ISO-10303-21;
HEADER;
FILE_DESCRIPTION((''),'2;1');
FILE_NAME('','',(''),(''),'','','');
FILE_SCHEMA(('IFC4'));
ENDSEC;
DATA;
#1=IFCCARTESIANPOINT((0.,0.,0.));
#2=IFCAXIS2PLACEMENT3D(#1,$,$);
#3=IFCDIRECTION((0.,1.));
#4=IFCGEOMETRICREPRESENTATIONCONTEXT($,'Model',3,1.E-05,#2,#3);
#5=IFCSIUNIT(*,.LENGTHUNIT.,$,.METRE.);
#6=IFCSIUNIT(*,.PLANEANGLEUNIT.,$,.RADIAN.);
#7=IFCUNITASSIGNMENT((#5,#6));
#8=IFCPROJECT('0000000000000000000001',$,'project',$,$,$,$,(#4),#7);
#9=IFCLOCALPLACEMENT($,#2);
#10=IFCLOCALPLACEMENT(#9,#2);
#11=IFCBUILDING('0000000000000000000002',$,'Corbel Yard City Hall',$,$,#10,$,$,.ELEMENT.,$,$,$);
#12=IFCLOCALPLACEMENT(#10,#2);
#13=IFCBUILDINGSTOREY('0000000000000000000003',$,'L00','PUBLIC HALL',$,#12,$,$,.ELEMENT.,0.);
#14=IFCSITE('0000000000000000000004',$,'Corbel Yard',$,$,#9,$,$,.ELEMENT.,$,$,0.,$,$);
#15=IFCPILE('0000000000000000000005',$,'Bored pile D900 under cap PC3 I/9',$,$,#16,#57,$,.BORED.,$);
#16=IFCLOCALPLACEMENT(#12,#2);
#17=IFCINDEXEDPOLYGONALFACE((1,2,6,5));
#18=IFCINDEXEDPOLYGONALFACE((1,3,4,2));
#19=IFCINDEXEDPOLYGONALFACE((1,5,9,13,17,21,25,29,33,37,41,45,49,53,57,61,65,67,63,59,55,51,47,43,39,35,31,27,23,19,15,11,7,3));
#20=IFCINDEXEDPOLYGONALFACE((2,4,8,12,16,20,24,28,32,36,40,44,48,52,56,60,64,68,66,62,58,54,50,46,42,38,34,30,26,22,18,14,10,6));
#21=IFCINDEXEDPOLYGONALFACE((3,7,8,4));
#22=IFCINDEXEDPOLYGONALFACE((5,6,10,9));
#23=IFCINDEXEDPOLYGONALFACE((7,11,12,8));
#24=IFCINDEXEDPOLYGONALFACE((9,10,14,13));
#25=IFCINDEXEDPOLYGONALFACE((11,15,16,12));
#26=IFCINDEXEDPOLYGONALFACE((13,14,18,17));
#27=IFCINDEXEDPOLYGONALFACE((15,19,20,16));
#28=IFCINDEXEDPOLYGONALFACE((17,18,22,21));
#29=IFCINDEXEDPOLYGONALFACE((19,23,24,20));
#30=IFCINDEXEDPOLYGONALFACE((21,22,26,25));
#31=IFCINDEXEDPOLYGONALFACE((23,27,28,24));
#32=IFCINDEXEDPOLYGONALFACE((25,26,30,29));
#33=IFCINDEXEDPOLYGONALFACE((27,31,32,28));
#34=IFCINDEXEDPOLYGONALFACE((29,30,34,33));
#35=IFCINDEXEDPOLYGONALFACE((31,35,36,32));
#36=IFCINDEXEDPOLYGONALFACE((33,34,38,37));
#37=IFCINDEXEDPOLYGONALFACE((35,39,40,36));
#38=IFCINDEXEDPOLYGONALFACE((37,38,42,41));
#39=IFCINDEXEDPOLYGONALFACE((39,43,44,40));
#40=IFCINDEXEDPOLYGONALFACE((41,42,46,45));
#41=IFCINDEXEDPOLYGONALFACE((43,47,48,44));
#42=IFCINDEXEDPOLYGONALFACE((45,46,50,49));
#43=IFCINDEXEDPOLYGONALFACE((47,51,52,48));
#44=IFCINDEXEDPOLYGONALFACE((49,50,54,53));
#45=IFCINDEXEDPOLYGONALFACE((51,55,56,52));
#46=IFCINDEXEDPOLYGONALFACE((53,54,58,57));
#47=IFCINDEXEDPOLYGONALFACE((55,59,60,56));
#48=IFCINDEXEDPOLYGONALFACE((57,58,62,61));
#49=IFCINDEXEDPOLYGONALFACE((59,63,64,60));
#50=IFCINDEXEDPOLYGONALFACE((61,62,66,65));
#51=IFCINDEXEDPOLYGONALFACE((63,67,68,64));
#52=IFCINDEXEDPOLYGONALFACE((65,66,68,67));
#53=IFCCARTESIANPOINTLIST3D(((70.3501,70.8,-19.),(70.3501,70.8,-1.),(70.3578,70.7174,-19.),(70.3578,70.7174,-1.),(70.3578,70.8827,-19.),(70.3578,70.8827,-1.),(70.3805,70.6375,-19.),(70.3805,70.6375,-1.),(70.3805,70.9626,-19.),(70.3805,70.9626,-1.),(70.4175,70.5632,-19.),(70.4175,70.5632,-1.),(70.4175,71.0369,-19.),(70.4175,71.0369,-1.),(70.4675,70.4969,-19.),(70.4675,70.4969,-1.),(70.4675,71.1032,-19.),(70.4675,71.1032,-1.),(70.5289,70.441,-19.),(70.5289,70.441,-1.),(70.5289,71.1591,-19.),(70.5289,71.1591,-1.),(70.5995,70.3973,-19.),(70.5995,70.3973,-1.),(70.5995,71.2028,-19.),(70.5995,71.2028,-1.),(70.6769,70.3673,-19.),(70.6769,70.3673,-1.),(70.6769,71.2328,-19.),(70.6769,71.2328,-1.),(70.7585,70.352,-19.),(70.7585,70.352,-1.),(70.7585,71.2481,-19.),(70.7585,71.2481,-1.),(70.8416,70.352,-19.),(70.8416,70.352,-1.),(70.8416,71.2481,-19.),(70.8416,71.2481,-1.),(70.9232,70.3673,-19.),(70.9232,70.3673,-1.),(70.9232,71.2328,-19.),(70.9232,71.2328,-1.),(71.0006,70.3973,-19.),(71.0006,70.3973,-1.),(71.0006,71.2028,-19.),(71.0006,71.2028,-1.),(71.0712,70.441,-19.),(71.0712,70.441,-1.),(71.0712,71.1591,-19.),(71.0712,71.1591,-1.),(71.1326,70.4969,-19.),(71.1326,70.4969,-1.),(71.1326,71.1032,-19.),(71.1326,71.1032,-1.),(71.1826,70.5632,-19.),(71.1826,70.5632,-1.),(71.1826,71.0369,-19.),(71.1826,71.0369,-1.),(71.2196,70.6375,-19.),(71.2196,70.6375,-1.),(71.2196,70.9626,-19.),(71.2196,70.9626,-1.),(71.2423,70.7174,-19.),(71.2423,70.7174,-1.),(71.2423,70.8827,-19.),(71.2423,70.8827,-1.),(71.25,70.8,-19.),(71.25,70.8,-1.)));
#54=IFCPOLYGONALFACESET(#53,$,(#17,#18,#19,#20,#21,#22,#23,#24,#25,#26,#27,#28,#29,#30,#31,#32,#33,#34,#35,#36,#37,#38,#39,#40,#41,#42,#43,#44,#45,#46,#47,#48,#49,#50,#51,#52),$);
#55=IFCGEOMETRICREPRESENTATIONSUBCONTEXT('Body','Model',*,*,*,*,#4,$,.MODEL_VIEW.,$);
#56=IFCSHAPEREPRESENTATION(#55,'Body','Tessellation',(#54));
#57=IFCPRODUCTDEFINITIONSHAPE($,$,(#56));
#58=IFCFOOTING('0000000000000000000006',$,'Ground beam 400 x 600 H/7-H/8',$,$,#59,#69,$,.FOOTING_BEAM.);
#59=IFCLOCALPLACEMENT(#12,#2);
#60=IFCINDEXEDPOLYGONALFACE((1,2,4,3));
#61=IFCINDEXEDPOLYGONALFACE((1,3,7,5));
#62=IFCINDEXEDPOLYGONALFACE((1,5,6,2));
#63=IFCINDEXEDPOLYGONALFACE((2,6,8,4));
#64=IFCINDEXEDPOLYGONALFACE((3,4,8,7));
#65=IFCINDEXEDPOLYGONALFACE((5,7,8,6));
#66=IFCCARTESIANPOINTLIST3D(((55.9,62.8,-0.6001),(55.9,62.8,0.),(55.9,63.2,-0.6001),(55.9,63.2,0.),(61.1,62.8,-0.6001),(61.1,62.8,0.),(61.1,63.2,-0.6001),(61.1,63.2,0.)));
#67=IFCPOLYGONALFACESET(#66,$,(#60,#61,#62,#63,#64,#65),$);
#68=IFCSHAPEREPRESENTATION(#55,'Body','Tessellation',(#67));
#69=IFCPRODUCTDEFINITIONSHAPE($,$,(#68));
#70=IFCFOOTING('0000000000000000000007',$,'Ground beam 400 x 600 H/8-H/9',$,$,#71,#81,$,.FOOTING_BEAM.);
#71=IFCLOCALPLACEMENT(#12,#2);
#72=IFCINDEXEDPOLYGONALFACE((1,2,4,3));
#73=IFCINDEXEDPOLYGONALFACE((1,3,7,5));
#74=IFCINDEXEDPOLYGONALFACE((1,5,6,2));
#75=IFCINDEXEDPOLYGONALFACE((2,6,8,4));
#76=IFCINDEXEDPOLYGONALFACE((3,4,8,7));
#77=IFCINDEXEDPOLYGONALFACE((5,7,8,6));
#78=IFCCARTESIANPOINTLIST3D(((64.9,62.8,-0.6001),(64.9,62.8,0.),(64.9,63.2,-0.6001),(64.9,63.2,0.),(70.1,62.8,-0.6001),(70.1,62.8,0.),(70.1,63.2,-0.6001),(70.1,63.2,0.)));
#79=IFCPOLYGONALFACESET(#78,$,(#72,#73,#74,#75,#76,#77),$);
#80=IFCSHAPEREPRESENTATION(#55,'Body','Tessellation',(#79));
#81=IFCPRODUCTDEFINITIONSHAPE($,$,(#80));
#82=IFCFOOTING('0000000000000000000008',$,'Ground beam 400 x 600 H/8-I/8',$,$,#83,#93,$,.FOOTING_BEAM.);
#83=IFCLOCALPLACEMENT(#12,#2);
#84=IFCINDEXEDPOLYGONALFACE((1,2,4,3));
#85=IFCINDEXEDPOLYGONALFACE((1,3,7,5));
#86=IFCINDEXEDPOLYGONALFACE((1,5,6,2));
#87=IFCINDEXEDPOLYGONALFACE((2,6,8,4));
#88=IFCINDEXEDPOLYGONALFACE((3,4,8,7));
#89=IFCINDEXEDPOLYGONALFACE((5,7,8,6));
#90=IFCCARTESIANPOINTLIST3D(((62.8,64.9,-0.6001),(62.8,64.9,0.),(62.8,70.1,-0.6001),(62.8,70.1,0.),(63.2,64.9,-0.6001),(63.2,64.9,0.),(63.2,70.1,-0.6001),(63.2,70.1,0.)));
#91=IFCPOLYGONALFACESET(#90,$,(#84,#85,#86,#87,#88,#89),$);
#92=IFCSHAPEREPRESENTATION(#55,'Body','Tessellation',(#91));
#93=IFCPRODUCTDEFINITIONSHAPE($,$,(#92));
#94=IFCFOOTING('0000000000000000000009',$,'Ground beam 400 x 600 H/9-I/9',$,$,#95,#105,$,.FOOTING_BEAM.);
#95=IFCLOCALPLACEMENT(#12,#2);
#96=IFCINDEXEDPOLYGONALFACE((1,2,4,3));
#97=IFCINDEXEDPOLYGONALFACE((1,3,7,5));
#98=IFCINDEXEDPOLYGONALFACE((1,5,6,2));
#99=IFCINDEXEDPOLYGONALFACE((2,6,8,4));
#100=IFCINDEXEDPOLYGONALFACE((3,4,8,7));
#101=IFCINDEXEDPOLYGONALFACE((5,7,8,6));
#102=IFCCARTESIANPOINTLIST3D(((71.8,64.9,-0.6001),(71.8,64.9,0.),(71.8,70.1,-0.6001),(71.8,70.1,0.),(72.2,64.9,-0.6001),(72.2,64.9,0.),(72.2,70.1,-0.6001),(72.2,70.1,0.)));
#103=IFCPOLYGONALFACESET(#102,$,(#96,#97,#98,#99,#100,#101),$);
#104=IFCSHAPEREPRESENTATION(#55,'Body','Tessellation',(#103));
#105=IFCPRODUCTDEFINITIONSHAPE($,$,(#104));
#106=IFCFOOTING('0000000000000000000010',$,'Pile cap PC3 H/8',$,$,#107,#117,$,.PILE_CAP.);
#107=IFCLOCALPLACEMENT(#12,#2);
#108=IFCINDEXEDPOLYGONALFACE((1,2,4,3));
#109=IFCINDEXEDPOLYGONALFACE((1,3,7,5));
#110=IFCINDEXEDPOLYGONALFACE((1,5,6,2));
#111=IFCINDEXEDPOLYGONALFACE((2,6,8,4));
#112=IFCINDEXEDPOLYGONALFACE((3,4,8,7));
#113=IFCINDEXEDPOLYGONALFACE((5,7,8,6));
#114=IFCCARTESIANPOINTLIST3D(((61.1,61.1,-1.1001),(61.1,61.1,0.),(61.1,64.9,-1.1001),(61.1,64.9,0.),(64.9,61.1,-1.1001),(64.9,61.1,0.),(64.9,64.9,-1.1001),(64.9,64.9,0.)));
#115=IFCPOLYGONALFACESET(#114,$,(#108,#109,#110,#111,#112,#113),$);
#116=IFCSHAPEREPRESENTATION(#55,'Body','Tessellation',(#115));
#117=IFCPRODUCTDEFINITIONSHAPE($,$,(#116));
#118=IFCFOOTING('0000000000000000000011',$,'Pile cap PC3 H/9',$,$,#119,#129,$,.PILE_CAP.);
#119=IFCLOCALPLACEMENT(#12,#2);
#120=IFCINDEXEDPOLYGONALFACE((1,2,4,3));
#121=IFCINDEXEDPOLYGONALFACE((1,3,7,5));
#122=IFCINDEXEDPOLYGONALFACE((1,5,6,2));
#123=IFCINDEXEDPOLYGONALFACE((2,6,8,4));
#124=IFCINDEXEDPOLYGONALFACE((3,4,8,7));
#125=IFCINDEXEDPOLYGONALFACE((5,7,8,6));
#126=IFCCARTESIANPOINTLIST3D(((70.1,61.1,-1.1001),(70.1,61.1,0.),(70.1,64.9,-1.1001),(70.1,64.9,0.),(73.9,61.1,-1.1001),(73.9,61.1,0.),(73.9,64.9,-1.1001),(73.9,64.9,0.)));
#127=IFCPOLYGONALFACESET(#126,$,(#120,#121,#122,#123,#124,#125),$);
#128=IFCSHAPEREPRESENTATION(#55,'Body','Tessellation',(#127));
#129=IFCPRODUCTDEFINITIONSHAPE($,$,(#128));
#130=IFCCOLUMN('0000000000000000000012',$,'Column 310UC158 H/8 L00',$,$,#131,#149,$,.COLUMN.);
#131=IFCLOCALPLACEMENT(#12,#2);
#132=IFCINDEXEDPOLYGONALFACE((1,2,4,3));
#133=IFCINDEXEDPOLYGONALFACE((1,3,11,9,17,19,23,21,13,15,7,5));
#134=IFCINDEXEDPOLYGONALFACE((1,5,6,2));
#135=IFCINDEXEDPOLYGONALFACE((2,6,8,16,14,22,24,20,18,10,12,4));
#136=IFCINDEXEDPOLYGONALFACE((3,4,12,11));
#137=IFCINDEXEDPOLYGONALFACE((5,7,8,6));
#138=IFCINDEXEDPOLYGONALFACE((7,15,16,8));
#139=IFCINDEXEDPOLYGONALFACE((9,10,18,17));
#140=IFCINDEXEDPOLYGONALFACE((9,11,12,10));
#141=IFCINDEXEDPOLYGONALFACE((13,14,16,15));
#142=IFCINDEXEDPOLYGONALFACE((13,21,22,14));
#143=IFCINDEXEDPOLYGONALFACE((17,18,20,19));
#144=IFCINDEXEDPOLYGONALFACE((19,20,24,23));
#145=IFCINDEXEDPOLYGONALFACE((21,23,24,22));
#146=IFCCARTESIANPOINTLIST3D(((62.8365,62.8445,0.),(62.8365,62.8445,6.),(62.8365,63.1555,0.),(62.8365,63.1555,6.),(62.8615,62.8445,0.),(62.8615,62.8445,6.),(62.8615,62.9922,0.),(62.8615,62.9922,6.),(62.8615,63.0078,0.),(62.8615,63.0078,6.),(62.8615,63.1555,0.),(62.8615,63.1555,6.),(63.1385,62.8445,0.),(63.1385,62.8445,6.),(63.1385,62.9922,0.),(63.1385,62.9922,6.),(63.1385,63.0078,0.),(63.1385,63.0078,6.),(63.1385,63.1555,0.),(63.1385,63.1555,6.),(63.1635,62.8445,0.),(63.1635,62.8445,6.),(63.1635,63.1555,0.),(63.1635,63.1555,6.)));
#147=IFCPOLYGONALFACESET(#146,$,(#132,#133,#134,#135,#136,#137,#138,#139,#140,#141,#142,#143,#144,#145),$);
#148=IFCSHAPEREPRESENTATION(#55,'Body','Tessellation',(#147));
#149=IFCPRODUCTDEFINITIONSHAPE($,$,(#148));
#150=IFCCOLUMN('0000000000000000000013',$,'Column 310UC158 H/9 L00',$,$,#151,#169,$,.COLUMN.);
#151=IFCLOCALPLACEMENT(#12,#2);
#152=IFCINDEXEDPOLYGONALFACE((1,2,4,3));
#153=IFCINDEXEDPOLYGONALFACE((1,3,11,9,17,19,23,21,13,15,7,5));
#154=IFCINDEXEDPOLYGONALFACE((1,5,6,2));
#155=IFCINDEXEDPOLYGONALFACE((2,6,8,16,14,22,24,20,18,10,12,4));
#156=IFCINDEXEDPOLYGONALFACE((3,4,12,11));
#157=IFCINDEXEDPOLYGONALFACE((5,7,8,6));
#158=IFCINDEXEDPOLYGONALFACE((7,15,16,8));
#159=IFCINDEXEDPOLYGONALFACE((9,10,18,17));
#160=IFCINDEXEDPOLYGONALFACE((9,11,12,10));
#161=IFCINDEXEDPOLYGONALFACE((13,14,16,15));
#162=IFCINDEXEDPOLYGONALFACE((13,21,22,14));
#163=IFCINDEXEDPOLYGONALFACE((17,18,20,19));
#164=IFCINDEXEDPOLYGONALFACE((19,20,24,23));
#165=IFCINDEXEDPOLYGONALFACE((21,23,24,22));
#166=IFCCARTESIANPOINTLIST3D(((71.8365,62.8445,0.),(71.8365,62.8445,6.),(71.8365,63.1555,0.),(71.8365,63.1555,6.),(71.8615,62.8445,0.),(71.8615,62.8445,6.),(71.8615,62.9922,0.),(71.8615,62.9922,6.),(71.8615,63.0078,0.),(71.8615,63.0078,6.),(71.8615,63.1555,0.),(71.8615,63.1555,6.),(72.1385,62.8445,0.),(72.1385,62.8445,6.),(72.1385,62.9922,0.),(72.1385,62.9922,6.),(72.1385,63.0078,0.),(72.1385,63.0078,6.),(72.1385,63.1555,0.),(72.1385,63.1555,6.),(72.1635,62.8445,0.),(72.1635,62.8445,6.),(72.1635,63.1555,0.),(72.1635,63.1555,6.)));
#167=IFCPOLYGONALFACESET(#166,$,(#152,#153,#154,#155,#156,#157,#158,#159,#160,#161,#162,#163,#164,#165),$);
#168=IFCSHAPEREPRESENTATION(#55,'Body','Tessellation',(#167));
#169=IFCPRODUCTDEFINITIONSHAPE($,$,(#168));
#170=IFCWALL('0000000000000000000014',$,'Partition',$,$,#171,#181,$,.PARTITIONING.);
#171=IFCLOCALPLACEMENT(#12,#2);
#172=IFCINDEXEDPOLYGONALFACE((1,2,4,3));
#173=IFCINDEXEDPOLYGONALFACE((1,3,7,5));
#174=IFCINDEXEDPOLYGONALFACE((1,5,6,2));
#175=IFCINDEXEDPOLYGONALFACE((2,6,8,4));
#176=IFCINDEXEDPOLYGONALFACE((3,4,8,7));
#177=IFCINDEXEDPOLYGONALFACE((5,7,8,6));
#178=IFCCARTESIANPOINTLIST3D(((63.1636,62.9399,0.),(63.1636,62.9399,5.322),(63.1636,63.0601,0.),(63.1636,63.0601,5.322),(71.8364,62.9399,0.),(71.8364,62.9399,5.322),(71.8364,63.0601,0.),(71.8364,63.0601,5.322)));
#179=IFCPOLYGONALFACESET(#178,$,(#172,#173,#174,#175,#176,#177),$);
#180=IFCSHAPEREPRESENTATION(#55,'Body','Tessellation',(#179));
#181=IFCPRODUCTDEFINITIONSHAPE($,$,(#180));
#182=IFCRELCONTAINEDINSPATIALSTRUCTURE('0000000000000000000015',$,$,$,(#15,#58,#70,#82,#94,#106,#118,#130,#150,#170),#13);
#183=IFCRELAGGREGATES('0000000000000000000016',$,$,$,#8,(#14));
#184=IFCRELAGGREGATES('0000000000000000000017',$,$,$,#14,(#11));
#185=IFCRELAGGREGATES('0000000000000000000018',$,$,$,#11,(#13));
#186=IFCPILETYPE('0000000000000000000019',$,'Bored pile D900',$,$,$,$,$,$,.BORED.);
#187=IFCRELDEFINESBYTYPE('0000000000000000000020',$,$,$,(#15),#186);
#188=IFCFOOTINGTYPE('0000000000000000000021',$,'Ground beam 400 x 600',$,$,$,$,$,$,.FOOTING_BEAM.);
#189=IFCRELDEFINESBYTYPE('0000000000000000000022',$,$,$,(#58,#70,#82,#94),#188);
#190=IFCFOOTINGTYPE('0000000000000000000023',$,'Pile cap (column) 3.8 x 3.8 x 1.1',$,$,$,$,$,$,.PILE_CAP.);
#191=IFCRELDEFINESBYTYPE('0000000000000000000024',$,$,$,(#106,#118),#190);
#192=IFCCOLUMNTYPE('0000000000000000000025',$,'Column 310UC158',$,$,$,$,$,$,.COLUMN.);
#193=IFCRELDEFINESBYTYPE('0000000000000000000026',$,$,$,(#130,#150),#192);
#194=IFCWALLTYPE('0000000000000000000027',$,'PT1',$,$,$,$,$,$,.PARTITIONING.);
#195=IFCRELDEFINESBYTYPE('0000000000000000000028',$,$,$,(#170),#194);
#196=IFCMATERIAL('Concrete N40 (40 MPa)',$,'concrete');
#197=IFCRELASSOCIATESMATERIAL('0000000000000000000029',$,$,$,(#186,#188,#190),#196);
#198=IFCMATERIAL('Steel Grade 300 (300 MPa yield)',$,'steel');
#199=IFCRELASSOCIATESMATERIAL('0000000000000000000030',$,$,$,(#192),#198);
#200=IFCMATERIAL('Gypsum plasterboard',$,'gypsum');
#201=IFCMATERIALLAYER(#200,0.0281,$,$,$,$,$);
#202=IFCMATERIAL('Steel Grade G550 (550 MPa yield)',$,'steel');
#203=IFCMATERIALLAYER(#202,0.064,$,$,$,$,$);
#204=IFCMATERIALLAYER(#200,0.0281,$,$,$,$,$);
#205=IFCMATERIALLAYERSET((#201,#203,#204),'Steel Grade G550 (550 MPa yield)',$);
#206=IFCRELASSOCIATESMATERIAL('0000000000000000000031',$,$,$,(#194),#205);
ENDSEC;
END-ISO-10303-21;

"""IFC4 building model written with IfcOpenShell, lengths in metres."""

from ifc_helpers import new_model, si_unit, direction, frame, frame_2d, origin, origin_2d, place, context, subcontext, project, spatial, rectangle, circle, i_section, extrude, material, layer, layer_set, material_profile, profile_set, type_object, element, save


model = new_model("IFC4")

# Units and contexts
model_context = context("Model", 3, precision=1e-05, world=origin(), true_north=direction((0.0, 1.0)))
body_context = subcontext(model_context, "Body", "Model", "MODEL_VIEW")
ifc_project = project(units=[si_unit("LENGTHUNIT", "METRE"), si_unit("PLANEANGLEUNIT", "RADIAN")], contexts=[model_context])

# Site, building, storey
site_placement = place(None, origin())
site = spatial("IfcSite", under=ifc_project, at=site_placement, Name="Corbel Yard", CompositionType="ELEMENT", RefElevation=0.0)
building_placement = place(site_placement, origin())
building = spatial("IfcBuilding", under=site, at=building_placement, Name="Corbel Yard City Hall", CompositionType="ELEMENT")
storey_placement = place(building_placement, origin())
storey = spatial("IfcBuildingStorey", under=building, at=storey_placement, Name="L00", Description="PUBLIC HALL", CompositionType="ELEMENT", Elevation=0.0)

# Pile
ifc_material_1 = material(Name="Concrete N40 (40 MPa)", Category="concrete")
ifc_material_profile_1 = material_profile(ifc_material_1, circle(Radius=0.45, at=origin_2d()), Name="D900")
ifc_profile_set_1 = profile_set([ifc_material_profile_1], Name="Concrete N40 (40 MPa)")
pile_type = type_object("IfcPileType", Name="Bored pile D900", PredefinedType="BORED", material=ifc_profile_set_1)
for number, where, z_axis, x_axis, name in (
    (1, (70.8, 70.8, -1.0), (0.0, 0.0, -1.0), (1.0, 0.0, 0.0), "Bored pile D900 under cap PC3 I/9"),
):
    element("IfcPile", number, at=place(storey_placement, frame(where, z_axis=z_axis, x_axis=x_axis)), inside=storey, type_object=pile_type, Name=name, PredefinedType="BORED", context=body_context, shape_type="SweptSolid", body=[
        extrude(circle(Radius=0.45, at=origin_2d()), origin(), (0.0, 0.0, 1.0), 18.0),
    ])

# Footings
footing_type_1 = type_object("IfcFootingType", Name="Ground beam 400 x 600", PredefinedType="FOOTING_BEAM", material=ifc_material_1)
for number, where, z_axis, x_axis, name in (
    (2, (58.5, 63.0, -0.6001), (0.0, 0.0, 1.0), (1.0, 0.0, 0.0), "Ground beam 400 x 600 H/7-H/8"),
    (3, (67.5, 63.0, -0.6001), (0.0, 0.0, 1.0), (1.0, 0.0, 0.0), "Ground beam 400 x 600 H/8-H/9"),
):
    element("IfcFooting", number, at=place(storey_placement, frame(where, z_axis=z_axis, x_axis=x_axis)), inside=storey, type_object=footing_type_1, Name=name, PredefinedType="FOOTING_BEAM", context=body_context, shape_type="SweptSolid", body=[
        extrude(rectangle(XDim=5.2, YDim=0.3999, at=origin_2d()), origin(), (0.0, 0.0, 1.0), 0.6001),
    ])
for number, where, z_axis, x_axis, name in (
    (4, (63.0, 67.5, -0.6001), (0.0, 0.0, 1.0), (1.0, 0.0, 0.0), "Ground beam 400 x 600 H/8-I/8"),
    (5, (72.0, 67.5, -0.6001), (0.0, 0.0, 1.0), (1.0, 0.0, 0.0), "Ground beam 400 x 600 H/9-I/9"),
):
    element("IfcFooting", number, at=place(storey_placement, frame(where, z_axis=z_axis, x_axis=x_axis)), inside=storey, type_object=footing_type_1, Name=name, PredefinedType="FOOTING_BEAM", context=body_context, shape_type="SweptSolid", body=[
        extrude(rectangle(XDim=0.3999, YDim=5.2, at=origin_2d()), origin(), (0.0, 0.0, 1.0), 0.6001),
    ])
footing_type_2 = type_object("IfcFootingType", Name="Pile cap (column) 3.8 x 3.8 x 1.1", PredefinedType="PILE_CAP", material=ifc_material_1)
for number, where, z_axis, x_axis, name in (
    (6, (63.0, 63.0, -1.1001), (0.0, 0.0, 1.0), (1.0, 0.0, 0.0), "Pile cap PC3 H/8"),
    (7, (72.0, 63.0, -1.1001), (0.0, 0.0, 1.0), (1.0, 0.0, 0.0), "Pile cap PC3 H/9"),
):
    element("IfcFooting", number, at=place(storey_placement, frame(where, z_axis=z_axis, x_axis=x_axis)), inside=storey, type_object=footing_type_2, Name=name, PredefinedType="PILE_CAP", context=body_context, shape_type="SweptSolid", body=[
        extrude(rectangle(XDim=3.8, YDim=3.8, at=origin_2d()), origin(), (0.0, 0.0, 1.0), 1.1001),
    ])

# Columns
ifc_material_2 = material(Name="Steel Grade 300 (300 MPa yield)", Category="steel")
ifc_material_profile_2 = material_profile(ifc_material_2, i_section(OverallWidth=0.311, OverallDepth=0.3269, WebThickness=0.0156, FlangeThickness=0.0249, at=origin_2d()), Name="310UC158")
ifc_profile_set_2 = profile_set([ifc_material_profile_2], Name="Steel Grade 300 (300 MPa yield)")
column_type = type_object("IfcColumnType", Name="Column 310UC158", PredefinedType="COLUMN", material=ifc_profile_set_2)
for number, where, z_axis, x_axis, name in (
    (8, (63.0, 63.0, 0.0), (0.0, 0.0, 1.0), (0.0, 1.0, 0.0), "Column 310UC158 H/8 L00"),
    (9, (72.0, 63.0, 0.0), (0.0, 0.0, 1.0), (0.0, 1.0, 0.0), "Column 310UC158 H/9 L00"),
):
    element("IfcColumn", number, at=place(storey_placement, frame(where, z_axis=z_axis, x_axis=x_axis)), inside=storey, type_object=column_type, Name=name, PredefinedType="COLUMN", context=body_context, shape_type="SweptSolid", body=[
        extrude(i_section(OverallWidth=0.311, OverallDepth=0.3269, WebThickness=0.0156, FlangeThickness=0.0249, at=origin_2d()), origin(), (0.0, 0.0, 1.0), 6.0),
    ])

# Wall
ifc_material_3 = material(Name="Gypsum plasterboard", Category="gypsum")
ifc_layer_1 = layer(ifc_material_3, 0.0281)
ifc_material_4 = material(Name="Steel Grade G550 (550 MPa yield)", Category="steel")
ifc_layer_2 = layer(ifc_material_4, 0.064)
ifc_layer_3 = layer(ifc_material_3, 0.0281)
ifc_layer_set = layer_set([ifc_layer_1, ifc_layer_2, ifc_layer_3], Name="Steel Grade G550 (550 MPa yield)")
wall_type = type_object("IfcWallType", Name="PT1", PredefinedType="PARTITIONING", material=ifc_layer_set)
wall_1_placement = place(storey_placement, frame((63.1636, 63.0, 0.0), z_axis=(0.0, 0.0, 1.0), x_axis=(1.0, 0.0, 0.0)))
element("IfcWall", 10, at=wall_1_placement, inside=storey, type_object=wall_type, Name="Partition", PredefinedType="PARTITIONING", context=body_context, shape_type="SweptSolid", body=[
    extrude(rectangle(XDim=8.6729, YDim=0.1201, at=frame_2d((4.3364, 0.0))), origin(), (0.0, 0.0, 1.0), 5.322),
])

save(model, "model.ifc")
